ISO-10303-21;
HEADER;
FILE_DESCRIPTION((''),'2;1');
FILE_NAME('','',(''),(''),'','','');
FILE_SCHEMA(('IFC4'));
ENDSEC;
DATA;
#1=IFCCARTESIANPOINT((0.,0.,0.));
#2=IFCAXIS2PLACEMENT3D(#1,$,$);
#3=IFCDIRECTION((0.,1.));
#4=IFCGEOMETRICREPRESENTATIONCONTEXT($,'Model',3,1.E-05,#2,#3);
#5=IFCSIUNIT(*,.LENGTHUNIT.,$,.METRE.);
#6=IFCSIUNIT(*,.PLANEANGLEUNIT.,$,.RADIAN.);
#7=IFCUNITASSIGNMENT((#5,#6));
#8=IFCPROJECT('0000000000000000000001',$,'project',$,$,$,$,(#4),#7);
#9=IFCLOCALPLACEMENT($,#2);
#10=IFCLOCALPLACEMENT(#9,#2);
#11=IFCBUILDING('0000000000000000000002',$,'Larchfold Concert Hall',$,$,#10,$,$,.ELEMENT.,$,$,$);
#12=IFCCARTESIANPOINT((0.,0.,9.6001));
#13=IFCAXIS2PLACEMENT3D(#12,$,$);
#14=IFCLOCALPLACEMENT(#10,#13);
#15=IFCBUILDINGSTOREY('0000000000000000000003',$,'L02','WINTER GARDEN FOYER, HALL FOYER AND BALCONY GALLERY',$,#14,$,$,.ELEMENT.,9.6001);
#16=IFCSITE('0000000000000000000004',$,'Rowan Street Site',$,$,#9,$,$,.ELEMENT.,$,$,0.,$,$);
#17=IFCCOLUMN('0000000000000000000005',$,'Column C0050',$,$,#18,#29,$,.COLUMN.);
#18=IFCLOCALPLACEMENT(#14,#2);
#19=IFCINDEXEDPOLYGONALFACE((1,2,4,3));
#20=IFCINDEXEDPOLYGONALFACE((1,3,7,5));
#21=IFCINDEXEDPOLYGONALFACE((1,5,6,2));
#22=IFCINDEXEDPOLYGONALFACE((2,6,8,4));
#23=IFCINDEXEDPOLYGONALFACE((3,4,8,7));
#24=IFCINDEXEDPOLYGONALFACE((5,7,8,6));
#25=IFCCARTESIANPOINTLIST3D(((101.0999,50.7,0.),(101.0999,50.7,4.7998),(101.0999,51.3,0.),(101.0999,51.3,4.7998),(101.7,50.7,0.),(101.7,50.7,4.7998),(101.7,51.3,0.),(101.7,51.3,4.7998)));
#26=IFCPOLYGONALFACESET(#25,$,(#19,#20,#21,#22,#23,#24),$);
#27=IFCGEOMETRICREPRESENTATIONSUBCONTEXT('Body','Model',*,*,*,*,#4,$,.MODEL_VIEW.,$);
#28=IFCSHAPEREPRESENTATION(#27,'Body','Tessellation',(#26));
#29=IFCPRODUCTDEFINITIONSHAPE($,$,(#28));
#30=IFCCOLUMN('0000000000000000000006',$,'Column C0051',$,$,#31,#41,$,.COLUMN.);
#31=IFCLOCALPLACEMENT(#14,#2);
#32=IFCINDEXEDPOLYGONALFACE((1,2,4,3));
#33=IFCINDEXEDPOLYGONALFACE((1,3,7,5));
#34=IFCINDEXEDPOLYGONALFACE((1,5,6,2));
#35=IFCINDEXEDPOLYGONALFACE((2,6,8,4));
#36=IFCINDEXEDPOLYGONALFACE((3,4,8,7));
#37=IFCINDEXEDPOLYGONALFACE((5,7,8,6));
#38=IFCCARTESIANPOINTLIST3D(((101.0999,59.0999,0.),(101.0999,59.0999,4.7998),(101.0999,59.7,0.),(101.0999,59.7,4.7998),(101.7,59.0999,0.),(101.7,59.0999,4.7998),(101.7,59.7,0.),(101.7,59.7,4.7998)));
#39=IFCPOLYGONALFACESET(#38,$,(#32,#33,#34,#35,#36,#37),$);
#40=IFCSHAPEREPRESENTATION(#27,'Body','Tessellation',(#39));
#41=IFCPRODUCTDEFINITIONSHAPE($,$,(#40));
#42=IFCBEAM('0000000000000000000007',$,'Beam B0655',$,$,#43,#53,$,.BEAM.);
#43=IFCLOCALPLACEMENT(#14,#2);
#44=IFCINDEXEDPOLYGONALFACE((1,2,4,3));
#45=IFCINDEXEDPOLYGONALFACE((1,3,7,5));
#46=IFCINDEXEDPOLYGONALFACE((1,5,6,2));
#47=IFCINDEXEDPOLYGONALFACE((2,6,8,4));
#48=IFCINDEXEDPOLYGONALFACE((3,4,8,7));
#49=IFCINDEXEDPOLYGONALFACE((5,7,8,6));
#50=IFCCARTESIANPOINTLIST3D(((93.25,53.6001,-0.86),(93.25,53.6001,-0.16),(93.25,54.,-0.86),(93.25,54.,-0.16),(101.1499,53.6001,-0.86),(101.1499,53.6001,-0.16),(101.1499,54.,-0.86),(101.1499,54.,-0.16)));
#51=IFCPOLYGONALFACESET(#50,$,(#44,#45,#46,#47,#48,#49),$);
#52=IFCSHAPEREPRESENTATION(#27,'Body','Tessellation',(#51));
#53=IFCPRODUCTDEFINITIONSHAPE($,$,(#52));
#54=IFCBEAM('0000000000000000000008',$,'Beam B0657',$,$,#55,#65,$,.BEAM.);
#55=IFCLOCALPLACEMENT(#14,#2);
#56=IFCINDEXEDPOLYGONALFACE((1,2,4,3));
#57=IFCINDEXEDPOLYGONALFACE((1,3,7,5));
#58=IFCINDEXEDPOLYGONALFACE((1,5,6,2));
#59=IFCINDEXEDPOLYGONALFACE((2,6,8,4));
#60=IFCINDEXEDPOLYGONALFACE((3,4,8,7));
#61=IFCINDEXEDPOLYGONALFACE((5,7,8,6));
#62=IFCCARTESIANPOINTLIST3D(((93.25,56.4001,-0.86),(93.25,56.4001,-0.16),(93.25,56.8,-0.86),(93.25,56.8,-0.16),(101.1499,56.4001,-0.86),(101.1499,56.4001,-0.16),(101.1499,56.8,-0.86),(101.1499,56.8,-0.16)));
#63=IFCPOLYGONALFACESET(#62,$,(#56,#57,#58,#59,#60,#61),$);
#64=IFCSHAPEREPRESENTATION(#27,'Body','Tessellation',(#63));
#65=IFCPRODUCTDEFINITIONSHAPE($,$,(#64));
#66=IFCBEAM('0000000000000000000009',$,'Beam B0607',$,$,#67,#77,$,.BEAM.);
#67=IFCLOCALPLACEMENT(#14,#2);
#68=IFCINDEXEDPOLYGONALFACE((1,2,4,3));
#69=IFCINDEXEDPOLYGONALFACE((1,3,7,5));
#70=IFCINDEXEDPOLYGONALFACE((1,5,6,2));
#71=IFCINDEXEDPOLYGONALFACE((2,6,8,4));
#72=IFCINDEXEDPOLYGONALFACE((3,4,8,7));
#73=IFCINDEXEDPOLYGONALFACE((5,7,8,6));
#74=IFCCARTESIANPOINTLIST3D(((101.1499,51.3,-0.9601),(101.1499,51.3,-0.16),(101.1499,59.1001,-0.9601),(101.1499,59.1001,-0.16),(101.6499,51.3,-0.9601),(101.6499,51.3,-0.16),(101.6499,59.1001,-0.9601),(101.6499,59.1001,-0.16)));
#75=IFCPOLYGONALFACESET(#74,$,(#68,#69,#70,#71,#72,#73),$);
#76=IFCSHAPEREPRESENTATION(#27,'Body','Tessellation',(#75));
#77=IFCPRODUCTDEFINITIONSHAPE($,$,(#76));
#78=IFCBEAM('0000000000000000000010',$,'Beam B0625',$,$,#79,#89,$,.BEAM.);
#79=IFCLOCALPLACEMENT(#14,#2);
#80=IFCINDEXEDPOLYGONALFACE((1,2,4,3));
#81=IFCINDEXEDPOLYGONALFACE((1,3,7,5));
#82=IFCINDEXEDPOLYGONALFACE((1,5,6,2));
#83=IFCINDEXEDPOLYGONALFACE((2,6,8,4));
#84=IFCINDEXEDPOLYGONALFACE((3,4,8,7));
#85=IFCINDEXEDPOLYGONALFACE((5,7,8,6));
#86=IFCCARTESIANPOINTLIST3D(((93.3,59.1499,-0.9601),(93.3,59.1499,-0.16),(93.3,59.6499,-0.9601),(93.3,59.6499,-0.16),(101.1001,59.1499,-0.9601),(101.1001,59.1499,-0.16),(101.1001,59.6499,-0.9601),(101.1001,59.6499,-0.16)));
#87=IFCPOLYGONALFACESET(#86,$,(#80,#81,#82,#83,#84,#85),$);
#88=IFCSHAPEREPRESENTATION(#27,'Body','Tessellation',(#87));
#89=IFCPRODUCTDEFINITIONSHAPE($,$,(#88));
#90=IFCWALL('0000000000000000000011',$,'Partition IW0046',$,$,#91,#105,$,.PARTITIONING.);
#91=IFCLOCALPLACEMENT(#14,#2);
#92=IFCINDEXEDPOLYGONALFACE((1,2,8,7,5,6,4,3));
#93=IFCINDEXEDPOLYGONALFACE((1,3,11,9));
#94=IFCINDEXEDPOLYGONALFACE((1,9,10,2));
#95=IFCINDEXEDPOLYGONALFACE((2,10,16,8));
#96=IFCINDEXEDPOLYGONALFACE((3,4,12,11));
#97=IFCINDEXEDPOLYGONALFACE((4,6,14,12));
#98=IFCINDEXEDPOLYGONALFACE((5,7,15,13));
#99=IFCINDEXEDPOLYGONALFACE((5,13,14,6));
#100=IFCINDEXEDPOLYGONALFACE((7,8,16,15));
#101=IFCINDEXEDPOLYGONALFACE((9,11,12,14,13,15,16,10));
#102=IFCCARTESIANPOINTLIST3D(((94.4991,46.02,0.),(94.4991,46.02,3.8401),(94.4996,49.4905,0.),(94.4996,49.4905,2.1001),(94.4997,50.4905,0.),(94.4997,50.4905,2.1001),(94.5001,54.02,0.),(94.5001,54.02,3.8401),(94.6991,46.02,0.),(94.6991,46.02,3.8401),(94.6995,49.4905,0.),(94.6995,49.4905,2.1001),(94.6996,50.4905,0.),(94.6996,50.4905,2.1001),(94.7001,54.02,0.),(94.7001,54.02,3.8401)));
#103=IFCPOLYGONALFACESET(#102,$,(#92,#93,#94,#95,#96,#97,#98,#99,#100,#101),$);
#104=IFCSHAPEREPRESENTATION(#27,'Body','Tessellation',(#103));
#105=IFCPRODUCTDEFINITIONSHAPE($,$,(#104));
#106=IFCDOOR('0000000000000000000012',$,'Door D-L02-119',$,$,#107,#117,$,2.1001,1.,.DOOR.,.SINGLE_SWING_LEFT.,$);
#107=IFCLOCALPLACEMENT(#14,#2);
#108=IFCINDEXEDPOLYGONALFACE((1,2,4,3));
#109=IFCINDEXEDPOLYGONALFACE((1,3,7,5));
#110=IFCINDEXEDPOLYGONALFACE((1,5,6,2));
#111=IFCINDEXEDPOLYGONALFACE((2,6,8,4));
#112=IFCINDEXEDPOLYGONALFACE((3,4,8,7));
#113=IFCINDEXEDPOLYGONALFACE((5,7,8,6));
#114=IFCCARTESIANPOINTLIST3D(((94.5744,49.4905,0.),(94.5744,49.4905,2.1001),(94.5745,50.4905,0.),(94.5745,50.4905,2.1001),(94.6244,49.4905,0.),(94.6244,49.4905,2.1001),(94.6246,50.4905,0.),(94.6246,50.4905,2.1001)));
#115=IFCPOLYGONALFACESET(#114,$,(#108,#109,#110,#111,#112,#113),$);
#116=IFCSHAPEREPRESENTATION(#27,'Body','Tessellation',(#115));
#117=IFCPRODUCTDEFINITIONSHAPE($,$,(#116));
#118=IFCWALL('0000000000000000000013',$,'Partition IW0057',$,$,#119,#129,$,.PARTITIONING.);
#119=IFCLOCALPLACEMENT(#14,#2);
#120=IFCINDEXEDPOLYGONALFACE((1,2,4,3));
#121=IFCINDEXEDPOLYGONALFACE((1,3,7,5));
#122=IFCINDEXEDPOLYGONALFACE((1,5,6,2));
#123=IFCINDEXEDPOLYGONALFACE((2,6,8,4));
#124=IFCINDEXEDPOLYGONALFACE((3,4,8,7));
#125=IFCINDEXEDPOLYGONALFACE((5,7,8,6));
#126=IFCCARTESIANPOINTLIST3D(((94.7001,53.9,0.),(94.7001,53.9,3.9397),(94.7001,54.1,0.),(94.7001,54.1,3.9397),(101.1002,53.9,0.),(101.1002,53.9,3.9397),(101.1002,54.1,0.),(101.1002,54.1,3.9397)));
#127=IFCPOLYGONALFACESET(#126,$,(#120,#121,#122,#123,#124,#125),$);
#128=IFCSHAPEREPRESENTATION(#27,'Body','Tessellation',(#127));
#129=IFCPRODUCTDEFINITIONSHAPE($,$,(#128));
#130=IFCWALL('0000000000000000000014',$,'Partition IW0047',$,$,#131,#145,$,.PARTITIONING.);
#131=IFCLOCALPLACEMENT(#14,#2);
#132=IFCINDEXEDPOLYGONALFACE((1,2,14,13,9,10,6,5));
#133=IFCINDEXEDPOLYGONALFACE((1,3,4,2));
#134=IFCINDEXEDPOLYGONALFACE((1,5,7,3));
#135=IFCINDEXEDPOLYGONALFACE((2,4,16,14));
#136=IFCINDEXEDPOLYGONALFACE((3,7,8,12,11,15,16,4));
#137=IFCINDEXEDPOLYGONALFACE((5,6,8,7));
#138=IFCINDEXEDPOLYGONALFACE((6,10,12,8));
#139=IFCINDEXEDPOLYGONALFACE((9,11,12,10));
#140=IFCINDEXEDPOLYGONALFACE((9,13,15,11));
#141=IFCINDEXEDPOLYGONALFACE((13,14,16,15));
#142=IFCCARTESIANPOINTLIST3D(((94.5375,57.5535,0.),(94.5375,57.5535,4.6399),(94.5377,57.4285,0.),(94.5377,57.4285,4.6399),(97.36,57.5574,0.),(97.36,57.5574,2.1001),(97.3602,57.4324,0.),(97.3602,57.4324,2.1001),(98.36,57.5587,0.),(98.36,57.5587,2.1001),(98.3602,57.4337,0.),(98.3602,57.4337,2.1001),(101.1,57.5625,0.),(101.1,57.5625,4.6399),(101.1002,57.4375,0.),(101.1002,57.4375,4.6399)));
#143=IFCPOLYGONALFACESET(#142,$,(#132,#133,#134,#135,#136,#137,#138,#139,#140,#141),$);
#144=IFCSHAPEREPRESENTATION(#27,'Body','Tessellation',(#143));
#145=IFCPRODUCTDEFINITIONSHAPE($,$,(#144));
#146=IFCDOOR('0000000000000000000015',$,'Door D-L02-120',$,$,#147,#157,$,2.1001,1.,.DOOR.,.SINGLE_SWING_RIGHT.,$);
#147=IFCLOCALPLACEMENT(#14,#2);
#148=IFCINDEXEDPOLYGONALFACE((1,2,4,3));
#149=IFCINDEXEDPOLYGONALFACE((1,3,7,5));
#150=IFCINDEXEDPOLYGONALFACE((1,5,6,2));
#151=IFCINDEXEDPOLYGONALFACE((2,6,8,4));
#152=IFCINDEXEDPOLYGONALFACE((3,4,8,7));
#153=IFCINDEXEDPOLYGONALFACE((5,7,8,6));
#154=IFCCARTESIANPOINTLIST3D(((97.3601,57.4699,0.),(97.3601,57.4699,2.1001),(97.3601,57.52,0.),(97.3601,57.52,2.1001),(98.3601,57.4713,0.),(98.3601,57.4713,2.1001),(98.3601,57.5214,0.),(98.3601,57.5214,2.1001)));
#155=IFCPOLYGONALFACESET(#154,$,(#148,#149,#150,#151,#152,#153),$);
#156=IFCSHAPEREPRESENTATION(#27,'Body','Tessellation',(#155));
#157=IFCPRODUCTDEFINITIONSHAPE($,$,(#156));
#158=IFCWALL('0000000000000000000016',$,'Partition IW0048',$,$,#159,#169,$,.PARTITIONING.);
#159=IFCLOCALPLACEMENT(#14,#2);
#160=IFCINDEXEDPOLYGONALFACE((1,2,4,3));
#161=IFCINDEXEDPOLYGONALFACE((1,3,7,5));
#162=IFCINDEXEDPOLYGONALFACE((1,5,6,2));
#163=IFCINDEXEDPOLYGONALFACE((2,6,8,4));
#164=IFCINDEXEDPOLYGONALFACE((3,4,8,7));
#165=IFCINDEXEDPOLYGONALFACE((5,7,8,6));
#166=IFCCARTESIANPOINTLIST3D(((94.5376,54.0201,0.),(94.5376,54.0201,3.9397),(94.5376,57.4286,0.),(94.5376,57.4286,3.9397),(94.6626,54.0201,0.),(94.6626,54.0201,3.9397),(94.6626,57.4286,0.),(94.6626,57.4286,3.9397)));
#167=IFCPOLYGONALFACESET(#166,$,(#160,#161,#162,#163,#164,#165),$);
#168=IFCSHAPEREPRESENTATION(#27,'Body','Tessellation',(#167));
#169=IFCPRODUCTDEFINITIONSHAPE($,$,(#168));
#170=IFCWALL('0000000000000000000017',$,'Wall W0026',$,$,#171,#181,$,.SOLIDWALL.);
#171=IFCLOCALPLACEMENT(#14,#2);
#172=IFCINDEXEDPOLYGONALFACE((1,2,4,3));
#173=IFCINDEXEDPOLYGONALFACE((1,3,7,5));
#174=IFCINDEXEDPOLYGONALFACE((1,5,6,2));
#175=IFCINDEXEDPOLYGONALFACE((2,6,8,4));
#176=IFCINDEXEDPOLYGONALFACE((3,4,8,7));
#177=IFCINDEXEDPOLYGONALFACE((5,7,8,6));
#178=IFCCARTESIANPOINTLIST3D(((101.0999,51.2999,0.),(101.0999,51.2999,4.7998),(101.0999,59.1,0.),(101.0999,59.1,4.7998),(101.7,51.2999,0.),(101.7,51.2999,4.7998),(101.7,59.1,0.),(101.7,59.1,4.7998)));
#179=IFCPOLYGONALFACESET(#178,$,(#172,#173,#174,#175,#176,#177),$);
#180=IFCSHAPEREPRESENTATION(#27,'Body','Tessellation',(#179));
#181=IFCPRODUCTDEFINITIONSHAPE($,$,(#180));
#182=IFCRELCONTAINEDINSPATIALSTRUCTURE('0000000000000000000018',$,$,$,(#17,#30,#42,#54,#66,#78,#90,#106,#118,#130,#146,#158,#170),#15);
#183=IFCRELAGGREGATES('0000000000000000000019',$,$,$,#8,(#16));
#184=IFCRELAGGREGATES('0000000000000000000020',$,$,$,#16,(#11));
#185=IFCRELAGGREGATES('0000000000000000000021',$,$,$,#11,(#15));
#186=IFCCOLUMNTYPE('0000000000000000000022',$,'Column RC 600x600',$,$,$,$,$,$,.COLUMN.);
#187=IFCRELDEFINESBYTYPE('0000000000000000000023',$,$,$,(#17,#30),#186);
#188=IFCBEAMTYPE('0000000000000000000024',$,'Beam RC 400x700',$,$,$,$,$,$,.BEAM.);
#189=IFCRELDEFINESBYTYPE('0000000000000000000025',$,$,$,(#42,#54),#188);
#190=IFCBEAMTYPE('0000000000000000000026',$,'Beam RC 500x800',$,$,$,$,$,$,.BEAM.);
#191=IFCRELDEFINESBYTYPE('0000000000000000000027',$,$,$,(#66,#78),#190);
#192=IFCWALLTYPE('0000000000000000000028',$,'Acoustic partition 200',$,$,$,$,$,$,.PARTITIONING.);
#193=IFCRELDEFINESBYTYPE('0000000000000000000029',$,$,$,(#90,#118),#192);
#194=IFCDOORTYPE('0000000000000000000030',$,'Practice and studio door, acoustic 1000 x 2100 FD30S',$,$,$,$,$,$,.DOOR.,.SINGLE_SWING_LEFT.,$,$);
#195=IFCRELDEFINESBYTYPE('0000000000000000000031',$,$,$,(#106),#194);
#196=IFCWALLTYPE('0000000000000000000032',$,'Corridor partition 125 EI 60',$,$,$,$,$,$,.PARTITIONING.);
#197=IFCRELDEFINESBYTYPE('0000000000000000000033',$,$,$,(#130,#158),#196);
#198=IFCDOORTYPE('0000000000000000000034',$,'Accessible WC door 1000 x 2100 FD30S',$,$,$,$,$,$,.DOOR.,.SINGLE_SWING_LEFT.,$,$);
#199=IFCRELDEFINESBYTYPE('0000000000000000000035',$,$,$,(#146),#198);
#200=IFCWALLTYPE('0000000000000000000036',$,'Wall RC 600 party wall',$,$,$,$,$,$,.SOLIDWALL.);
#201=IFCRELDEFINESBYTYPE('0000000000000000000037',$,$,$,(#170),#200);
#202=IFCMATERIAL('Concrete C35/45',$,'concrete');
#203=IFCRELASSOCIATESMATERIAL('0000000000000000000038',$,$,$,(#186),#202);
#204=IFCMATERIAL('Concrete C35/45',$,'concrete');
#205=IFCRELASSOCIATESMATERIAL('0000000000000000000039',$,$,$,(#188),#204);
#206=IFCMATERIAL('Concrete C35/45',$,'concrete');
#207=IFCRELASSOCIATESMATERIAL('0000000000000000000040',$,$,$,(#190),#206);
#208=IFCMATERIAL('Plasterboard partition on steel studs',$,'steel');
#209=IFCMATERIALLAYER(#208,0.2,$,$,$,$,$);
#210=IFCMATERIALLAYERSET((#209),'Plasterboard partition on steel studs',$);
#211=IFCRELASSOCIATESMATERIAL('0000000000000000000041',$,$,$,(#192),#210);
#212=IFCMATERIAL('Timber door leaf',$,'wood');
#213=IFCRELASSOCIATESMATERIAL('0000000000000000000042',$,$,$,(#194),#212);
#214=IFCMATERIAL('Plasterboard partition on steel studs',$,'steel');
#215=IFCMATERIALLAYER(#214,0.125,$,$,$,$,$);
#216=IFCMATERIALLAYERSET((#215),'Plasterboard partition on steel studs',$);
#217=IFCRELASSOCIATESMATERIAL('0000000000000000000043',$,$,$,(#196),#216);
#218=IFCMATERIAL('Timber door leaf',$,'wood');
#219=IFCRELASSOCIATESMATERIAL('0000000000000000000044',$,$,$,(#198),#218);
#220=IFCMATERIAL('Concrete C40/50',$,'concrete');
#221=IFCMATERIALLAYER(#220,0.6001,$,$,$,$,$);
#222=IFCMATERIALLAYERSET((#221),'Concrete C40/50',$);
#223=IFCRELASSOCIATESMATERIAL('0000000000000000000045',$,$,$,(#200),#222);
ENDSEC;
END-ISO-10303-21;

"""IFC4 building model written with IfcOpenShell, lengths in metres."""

from ifc_helpers import new_model, si_unit, direction, frame, frame_2d, origin, origin_2d, place, context, subcontext, project, spatial, rectangle, extrude, material, layer, layer_set, material_profile, profile_set, type_object, element, fill, save


model = new_model("IFC4")

# Units and contexts
model_context = context("Model", 3, precision=1e-05, world=origin(), true_north=direction((0.0, 1.0)))
body_context = subcontext(model_context, "Body", "Model", "MODEL_VIEW")
ifc_project = project(units=[si_unit("LENGTHUNIT", "METRE"), si_unit("PLANEANGLEUNIT", "RADIAN")], contexts=[model_context])

# Site, building, storey
site_placement = place(None, origin())
site = spatial("IfcSite", under=ifc_project, at=site_placement, Name="Rowan Street Site", CompositionType="ELEMENT", RefElevation=0.0)
building_placement = place(site_placement, origin())
building = spatial("IfcBuilding", under=site, at=building_placement, Name="Larchfold Concert Hall", CompositionType="ELEMENT")
storey_placement = place(building_placement, frame((0.0, 0.0, 9.6001)))
storey = spatial("IfcBuildingStorey", under=building, at=storey_placement, Name="L02", Description="WINTER GARDEN FOYER, HALL FOYER AND BALCONY GALLERY", CompositionType="ELEMENT", Elevation=9.6001)

# Columns
ifc_material_1 = material(Name="Concrete C35/45", Category="concrete")
ifc_material_profile_1 = material_profile(ifc_material_1, rectangle(XDim=0.6001, YDim=0.6001, at=origin_2d()))
ifc_profile_set_1 = profile_set([ifc_material_profile_1], Name="Concrete C35/45")
column_type = type_object("IfcColumnType", Name="Column RC 600x600", PredefinedType="COLUMN", material=ifc_profile_set_1)
for number, where, z_axis, x_axis, name in (
    (1, (101.3999, 51.0, 0.0), (0.0, 0.0, 1.0), (1.0, 0.0, 0.0), "Column C0050"),
    (2, (101.3999, 59.3999, 0.0), (0.0, 0.0, 1.0), (1.0, 0.0, 0.0), "Column C0051"),
):
    element("IfcColumn", number, at=place(storey_placement, frame(where, z_axis=z_axis, x_axis=x_axis)), inside=storey, type_object=column_type, Name=name, PredefinedType="COLUMN", context=body_context, shape_type="SweptSolid", body=[
        extrude(rectangle(XDim=0.6001, YDim=0.6001, at=origin_2d()), origin(), (0.0, 0.0, 1.0), 4.7998),
    ])

# Beams
ifc_material_2 = material(Name="Concrete C35/45", Category="concrete")
ifc_material_profile_2 = material_profile(ifc_material_2, rectangle(XDim=0.3999, YDim=0.7, at=origin_2d()))
ifc_profile_set_2 = profile_set([ifc_material_profile_2], Name="Concrete C35/45")
beam_type_1 = type_object("IfcBeamType", Name="Beam RC 400x700", PredefinedType="BEAM", material=ifc_profile_set_2)
for number, where, z_axis, x_axis, name in (
    (3, (93.25, 53.8, -0.51), (1.0, 0.0, 0.0), (0.0, 1.0, 0.0), "Beam B0655"),
    (4, (93.25, 56.6001, -0.51), (1.0, 0.0, 0.0), (0.0, 1.0, 0.0), "Beam B0657"),
):
    element("IfcBeam", number, at=place(storey_placement, frame(where, z_axis=z_axis, x_axis=x_axis)), inside=storey, type_object=beam_type_1, Name=name, PredefinedType="BEAM", context=body_context, shape_type="SweptSolid", body=[
        extrude(rectangle(XDim=0.3999, YDim=0.7, at=origin_2d()), origin(), (0.0, 0.0, 1.0), 7.8999),
    ])
ifc_material_3 = material(Name="Concrete C35/45", Category="concrete")
ifc_material_profile_3 = material_profile(ifc_material_3, rectangle(XDim=0.5, YDim=0.8, at=origin_2d()))
ifc_profile_set_3 = profile_set([ifc_material_profile_3], Name="Concrete C35/45")
beam_type_2 = type_object("IfcBeamType", Name="Beam RC 500x800", PredefinedType="BEAM", material=ifc_profile_set_3)
for number, where, z_axis, x_axis, name in (
    (5, (101.3999, 51.3, -0.5601), (0.0, 1.0, 0.0), (-1.0, 0.0, 0.0), "Beam B0607"),
    (6, (93.3, 59.3999, -0.5601), (1.0, 0.0, 0.0), (0.0, 1.0, 0.0), "Beam B0625"),
):
    element("IfcBeam", number, at=place(storey_placement, frame(where, z_axis=z_axis, x_axis=x_axis)), inside=storey, type_object=beam_type_2, Name=name, PredefinedType="BEAM", context=body_context, shape_type="SweptSolid", body=[
        extrude(rectangle(XDim=0.5, YDim=0.8, at=origin_2d()), origin(), (0.0, 0.0, 1.0), 7.8),
    ])

# Wall, opening, door
ifc_material_4 = material(Name="Plasterboard partition on steel studs", Category="steel")
ifc_layer_1 = layer(ifc_material_4, 0.2)
ifc_layer_set_1 = layer_set([ifc_layer_1], Name="Plasterboard partition on steel studs")
wall_type_1 = type_object("IfcWallType", Name="Acoustic partition 200", PredefinedType="PARTITIONING", material=ifc_layer_set_1)
wall_1_placement = place(storey_placement, frame((94.6001, 54.02, 0.0), z_axis=(0.0, 0.0, 1.0), x_axis=(-0.000122, -1.0, 0.0)))
wall_1 = element("IfcWall", 7, at=wall_1_placement, inside=storey, type_object=wall_type_1, Name="Partition IW0046", PredefinedType="PARTITIONING", context=body_context, shape_type="SweptSolid", body=[
    extrude(rectangle(XDim=8.0, YDim=0.2, at=frame_2d((4.0, 0.0))), origin(), (0.0, 0.0, 1.0), 3.8401),
])
opening_1_placement = place(wall_1_placement, frame((3.5295, 0.0, 0.0)))
opening_1 = element("IfcOpeningElement", 8, at=opening_1_placement, cuts=wall_1, PredefinedType="OPENING", context=body_context, shape_type="SweptSolid", body=[
    extrude(rectangle(XDim=1.0, YDim=2.1001, at=frame_2d((0.5, 1.05))), frame((0.0, 0.1099, 0.0), z_axis=(0.0, -1.0, 0.0), x_axis=(1.0, 0.0, 0.0)), (0.0, 0.0, 1.0), 0.22),
])
ifc_material_5 = material(Name="Timber door leaf", Category="wood")
door_type_1 = type_object("IfcDoorType", Name="Practice and studio door, acoustic 1000 x 2100 FD30S", OperationType="SINGLE_SWING_LEFT", PredefinedType="DOOR", material=ifc_material_5)
door_1_placement = place(opening_1_placement, origin())
door_1 = element("IfcDoor", 9, at=door_1_placement, inside=storey, type_object=door_type_1, Name="Door D-L02-119", OperationType="SINGLE_SWING_LEFT", OverallHeight=2.1001, OverallWidth=1.0, PredefinedType="DOOR", context=body_context, shape_type="SweptSolid", body=[
    extrude(rectangle(XDim=1.0, YDim=2.1001, at=frame_2d((0.5, 1.05))), frame((0.0, 0.0249, 0.0), z_axis=(0.0, -1.0, 0.0), x_axis=(1.0, 0.0, 0.0)), (0.0, 0.0, 1.0), 0.05),
])
fill(opening_1, door_1)

# Wall
wall_2_placement = place(storey_placement, frame((94.7, 54.0, 0.0), z_axis=(0.0, 0.0, 1.0), x_axis=(1.0, 0.0, 0.0)))
element("IfcWall", 10, at=wall_2_placement, inside=storey, type_object=wall_type_1, Name="Partition IW0057", PredefinedType="PARTITIONING", context=body_context, shape_type="SweptSolid", body=[
    extrude(rectangle(XDim=6.4001, YDim=0.2, at=frame_2d((3.2002, 0.0))), origin(), (0.0, 0.0, 1.0), 3.9397),
])

# Wall, opening, door
ifc_material_6 = material(Name="Plasterboard partition on steel studs", Category="steel")
ifc_layer_2 = layer(ifc_material_6, 0.125)
ifc_layer_set_2 = layer_set([ifc_layer_2], Name="Plasterboard partition on steel studs")
wall_type_2 = type_object("IfcWallType", Name="Corridor partition 125 EI 60", PredefinedType="PARTITIONING", material=ifc_layer_set_2)
wall_3_placement = place(storey_placement, frame((101.1001, 57.5, 0.0), z_axis=(0.0, 0.0, 1.0), x_axis=(-0.999999, -0.001376, 0.0)))
wall_3 = element("IfcWall", 11, at=wall_3_placement, inside=storey, type_object=wall_type_2, Name="Partition IW0047", PredefinedType="PARTITIONING", context=body_context, shape_type="SweptSolid", body=[
    extrude(rectangle(XDim=6.5625, YDim=0.125, at=frame_2d((3.2812, 0.0))), origin(), (0.0, 0.0, 1.0), 4.6399),
])
opening_2_placement = place(wall_3_placement, frame((2.74, 0.0, 0.0)))
opening_2 = element("IfcOpeningElement", 12, at=opening_2_placement, cuts=wall_3, PredefinedType="OPENING", context=body_context, shape_type="SweptSolid", body=[
    extrude(rectangle(XDim=1.0, YDim=2.1001, at=frame_2d((0.5, 1.05))), frame((0.0, 0.0725, 0.0), z_axis=(0.0, -1.0, 0.0), x_axis=(1.0, 0.0, 0.0)), (0.0, 0.0, 1.0), 0.145),
])
ifc_material_7 = material(Name="Timber door leaf", Category="wood")
door_type_2 = type_object("IfcDoorType", Name="Accessible WC door 1000 x 2100 FD30S", OperationType="SINGLE_SWING_LEFT", PredefinedType="DOOR", material=ifc_material_7)
door_2_placement = place(opening_2_placement, origin())
door_2 = element("IfcDoor", 13, at=door_2_placement, inside=storey, type_object=door_type_2, Name="Door D-L02-120", OperationType="SINGLE_SWING_RIGHT", OverallHeight=2.1001, OverallWidth=1.0, PredefinedType="DOOR", context=body_context, shape_type="SweptSolid", body=[
    extrude(rectangle(XDim=1.0, YDim=2.1001, at=frame_2d((0.5, 1.05))), frame((0.0, 0.0249, 0.0), z_axis=(0.0, -1.0, 0.0), x_axis=(1.0, 0.0, 0.0)), (0.0, 0.0, 1.0), 0.05),
])
fill(opening_2, door_2)

# Walls
wall_4_placement = place(storey_placement, frame((94.6001, 57.4285, 0.0), z_axis=(0.0, 0.0, 1.0), x_axis=(0.0, -1.0, 0.0)))
element("IfcWall", 14, at=wall_4_placement, inside=storey, type_object=wall_type_2, Name="Partition IW0048", PredefinedType="PARTITIONING", context=body_context, shape_type="SweptSolid", body=[
    extrude(rectangle(XDim=3.4084, YDim=0.125, at=frame_2d((1.7041, 0.0))), origin(), (0.0, 0.0, 1.0), 3.9397),
])
ifc_material_8 = material(Name="Concrete C40/50", Category="concrete")
ifc_layer_3 = layer(ifc_material_8, 0.6001)
ifc_layer_set_3 = layer_set([ifc_layer_3], Name="Concrete C40/50")
wall_type_3 = type_object("IfcWallType", Name="Wall RC 600 party wall", PredefinedType="SOLIDWALL", material=ifc_layer_set_3)
wall_5_placement = place(storey_placement, frame((101.3999, 51.3, 0.0), z_axis=(0.0, 0.0, 1.0), x_axis=(0.0, 1.0, 0.0)))
element("IfcWall", 15, at=wall_5_placement, inside=storey, type_object=wall_type_3, Name="Wall W0026", PredefinedType="SOLIDWALL", context=body_context, shape_type="SweptSolid", body=[
    extrude(rectangle(XDim=7.8, YDim=0.6001, at=frame_2d((3.8999, 0.0))), origin(), (0.0, 0.0, 1.0), 4.7998),
])

save(model, "model.ifc")
